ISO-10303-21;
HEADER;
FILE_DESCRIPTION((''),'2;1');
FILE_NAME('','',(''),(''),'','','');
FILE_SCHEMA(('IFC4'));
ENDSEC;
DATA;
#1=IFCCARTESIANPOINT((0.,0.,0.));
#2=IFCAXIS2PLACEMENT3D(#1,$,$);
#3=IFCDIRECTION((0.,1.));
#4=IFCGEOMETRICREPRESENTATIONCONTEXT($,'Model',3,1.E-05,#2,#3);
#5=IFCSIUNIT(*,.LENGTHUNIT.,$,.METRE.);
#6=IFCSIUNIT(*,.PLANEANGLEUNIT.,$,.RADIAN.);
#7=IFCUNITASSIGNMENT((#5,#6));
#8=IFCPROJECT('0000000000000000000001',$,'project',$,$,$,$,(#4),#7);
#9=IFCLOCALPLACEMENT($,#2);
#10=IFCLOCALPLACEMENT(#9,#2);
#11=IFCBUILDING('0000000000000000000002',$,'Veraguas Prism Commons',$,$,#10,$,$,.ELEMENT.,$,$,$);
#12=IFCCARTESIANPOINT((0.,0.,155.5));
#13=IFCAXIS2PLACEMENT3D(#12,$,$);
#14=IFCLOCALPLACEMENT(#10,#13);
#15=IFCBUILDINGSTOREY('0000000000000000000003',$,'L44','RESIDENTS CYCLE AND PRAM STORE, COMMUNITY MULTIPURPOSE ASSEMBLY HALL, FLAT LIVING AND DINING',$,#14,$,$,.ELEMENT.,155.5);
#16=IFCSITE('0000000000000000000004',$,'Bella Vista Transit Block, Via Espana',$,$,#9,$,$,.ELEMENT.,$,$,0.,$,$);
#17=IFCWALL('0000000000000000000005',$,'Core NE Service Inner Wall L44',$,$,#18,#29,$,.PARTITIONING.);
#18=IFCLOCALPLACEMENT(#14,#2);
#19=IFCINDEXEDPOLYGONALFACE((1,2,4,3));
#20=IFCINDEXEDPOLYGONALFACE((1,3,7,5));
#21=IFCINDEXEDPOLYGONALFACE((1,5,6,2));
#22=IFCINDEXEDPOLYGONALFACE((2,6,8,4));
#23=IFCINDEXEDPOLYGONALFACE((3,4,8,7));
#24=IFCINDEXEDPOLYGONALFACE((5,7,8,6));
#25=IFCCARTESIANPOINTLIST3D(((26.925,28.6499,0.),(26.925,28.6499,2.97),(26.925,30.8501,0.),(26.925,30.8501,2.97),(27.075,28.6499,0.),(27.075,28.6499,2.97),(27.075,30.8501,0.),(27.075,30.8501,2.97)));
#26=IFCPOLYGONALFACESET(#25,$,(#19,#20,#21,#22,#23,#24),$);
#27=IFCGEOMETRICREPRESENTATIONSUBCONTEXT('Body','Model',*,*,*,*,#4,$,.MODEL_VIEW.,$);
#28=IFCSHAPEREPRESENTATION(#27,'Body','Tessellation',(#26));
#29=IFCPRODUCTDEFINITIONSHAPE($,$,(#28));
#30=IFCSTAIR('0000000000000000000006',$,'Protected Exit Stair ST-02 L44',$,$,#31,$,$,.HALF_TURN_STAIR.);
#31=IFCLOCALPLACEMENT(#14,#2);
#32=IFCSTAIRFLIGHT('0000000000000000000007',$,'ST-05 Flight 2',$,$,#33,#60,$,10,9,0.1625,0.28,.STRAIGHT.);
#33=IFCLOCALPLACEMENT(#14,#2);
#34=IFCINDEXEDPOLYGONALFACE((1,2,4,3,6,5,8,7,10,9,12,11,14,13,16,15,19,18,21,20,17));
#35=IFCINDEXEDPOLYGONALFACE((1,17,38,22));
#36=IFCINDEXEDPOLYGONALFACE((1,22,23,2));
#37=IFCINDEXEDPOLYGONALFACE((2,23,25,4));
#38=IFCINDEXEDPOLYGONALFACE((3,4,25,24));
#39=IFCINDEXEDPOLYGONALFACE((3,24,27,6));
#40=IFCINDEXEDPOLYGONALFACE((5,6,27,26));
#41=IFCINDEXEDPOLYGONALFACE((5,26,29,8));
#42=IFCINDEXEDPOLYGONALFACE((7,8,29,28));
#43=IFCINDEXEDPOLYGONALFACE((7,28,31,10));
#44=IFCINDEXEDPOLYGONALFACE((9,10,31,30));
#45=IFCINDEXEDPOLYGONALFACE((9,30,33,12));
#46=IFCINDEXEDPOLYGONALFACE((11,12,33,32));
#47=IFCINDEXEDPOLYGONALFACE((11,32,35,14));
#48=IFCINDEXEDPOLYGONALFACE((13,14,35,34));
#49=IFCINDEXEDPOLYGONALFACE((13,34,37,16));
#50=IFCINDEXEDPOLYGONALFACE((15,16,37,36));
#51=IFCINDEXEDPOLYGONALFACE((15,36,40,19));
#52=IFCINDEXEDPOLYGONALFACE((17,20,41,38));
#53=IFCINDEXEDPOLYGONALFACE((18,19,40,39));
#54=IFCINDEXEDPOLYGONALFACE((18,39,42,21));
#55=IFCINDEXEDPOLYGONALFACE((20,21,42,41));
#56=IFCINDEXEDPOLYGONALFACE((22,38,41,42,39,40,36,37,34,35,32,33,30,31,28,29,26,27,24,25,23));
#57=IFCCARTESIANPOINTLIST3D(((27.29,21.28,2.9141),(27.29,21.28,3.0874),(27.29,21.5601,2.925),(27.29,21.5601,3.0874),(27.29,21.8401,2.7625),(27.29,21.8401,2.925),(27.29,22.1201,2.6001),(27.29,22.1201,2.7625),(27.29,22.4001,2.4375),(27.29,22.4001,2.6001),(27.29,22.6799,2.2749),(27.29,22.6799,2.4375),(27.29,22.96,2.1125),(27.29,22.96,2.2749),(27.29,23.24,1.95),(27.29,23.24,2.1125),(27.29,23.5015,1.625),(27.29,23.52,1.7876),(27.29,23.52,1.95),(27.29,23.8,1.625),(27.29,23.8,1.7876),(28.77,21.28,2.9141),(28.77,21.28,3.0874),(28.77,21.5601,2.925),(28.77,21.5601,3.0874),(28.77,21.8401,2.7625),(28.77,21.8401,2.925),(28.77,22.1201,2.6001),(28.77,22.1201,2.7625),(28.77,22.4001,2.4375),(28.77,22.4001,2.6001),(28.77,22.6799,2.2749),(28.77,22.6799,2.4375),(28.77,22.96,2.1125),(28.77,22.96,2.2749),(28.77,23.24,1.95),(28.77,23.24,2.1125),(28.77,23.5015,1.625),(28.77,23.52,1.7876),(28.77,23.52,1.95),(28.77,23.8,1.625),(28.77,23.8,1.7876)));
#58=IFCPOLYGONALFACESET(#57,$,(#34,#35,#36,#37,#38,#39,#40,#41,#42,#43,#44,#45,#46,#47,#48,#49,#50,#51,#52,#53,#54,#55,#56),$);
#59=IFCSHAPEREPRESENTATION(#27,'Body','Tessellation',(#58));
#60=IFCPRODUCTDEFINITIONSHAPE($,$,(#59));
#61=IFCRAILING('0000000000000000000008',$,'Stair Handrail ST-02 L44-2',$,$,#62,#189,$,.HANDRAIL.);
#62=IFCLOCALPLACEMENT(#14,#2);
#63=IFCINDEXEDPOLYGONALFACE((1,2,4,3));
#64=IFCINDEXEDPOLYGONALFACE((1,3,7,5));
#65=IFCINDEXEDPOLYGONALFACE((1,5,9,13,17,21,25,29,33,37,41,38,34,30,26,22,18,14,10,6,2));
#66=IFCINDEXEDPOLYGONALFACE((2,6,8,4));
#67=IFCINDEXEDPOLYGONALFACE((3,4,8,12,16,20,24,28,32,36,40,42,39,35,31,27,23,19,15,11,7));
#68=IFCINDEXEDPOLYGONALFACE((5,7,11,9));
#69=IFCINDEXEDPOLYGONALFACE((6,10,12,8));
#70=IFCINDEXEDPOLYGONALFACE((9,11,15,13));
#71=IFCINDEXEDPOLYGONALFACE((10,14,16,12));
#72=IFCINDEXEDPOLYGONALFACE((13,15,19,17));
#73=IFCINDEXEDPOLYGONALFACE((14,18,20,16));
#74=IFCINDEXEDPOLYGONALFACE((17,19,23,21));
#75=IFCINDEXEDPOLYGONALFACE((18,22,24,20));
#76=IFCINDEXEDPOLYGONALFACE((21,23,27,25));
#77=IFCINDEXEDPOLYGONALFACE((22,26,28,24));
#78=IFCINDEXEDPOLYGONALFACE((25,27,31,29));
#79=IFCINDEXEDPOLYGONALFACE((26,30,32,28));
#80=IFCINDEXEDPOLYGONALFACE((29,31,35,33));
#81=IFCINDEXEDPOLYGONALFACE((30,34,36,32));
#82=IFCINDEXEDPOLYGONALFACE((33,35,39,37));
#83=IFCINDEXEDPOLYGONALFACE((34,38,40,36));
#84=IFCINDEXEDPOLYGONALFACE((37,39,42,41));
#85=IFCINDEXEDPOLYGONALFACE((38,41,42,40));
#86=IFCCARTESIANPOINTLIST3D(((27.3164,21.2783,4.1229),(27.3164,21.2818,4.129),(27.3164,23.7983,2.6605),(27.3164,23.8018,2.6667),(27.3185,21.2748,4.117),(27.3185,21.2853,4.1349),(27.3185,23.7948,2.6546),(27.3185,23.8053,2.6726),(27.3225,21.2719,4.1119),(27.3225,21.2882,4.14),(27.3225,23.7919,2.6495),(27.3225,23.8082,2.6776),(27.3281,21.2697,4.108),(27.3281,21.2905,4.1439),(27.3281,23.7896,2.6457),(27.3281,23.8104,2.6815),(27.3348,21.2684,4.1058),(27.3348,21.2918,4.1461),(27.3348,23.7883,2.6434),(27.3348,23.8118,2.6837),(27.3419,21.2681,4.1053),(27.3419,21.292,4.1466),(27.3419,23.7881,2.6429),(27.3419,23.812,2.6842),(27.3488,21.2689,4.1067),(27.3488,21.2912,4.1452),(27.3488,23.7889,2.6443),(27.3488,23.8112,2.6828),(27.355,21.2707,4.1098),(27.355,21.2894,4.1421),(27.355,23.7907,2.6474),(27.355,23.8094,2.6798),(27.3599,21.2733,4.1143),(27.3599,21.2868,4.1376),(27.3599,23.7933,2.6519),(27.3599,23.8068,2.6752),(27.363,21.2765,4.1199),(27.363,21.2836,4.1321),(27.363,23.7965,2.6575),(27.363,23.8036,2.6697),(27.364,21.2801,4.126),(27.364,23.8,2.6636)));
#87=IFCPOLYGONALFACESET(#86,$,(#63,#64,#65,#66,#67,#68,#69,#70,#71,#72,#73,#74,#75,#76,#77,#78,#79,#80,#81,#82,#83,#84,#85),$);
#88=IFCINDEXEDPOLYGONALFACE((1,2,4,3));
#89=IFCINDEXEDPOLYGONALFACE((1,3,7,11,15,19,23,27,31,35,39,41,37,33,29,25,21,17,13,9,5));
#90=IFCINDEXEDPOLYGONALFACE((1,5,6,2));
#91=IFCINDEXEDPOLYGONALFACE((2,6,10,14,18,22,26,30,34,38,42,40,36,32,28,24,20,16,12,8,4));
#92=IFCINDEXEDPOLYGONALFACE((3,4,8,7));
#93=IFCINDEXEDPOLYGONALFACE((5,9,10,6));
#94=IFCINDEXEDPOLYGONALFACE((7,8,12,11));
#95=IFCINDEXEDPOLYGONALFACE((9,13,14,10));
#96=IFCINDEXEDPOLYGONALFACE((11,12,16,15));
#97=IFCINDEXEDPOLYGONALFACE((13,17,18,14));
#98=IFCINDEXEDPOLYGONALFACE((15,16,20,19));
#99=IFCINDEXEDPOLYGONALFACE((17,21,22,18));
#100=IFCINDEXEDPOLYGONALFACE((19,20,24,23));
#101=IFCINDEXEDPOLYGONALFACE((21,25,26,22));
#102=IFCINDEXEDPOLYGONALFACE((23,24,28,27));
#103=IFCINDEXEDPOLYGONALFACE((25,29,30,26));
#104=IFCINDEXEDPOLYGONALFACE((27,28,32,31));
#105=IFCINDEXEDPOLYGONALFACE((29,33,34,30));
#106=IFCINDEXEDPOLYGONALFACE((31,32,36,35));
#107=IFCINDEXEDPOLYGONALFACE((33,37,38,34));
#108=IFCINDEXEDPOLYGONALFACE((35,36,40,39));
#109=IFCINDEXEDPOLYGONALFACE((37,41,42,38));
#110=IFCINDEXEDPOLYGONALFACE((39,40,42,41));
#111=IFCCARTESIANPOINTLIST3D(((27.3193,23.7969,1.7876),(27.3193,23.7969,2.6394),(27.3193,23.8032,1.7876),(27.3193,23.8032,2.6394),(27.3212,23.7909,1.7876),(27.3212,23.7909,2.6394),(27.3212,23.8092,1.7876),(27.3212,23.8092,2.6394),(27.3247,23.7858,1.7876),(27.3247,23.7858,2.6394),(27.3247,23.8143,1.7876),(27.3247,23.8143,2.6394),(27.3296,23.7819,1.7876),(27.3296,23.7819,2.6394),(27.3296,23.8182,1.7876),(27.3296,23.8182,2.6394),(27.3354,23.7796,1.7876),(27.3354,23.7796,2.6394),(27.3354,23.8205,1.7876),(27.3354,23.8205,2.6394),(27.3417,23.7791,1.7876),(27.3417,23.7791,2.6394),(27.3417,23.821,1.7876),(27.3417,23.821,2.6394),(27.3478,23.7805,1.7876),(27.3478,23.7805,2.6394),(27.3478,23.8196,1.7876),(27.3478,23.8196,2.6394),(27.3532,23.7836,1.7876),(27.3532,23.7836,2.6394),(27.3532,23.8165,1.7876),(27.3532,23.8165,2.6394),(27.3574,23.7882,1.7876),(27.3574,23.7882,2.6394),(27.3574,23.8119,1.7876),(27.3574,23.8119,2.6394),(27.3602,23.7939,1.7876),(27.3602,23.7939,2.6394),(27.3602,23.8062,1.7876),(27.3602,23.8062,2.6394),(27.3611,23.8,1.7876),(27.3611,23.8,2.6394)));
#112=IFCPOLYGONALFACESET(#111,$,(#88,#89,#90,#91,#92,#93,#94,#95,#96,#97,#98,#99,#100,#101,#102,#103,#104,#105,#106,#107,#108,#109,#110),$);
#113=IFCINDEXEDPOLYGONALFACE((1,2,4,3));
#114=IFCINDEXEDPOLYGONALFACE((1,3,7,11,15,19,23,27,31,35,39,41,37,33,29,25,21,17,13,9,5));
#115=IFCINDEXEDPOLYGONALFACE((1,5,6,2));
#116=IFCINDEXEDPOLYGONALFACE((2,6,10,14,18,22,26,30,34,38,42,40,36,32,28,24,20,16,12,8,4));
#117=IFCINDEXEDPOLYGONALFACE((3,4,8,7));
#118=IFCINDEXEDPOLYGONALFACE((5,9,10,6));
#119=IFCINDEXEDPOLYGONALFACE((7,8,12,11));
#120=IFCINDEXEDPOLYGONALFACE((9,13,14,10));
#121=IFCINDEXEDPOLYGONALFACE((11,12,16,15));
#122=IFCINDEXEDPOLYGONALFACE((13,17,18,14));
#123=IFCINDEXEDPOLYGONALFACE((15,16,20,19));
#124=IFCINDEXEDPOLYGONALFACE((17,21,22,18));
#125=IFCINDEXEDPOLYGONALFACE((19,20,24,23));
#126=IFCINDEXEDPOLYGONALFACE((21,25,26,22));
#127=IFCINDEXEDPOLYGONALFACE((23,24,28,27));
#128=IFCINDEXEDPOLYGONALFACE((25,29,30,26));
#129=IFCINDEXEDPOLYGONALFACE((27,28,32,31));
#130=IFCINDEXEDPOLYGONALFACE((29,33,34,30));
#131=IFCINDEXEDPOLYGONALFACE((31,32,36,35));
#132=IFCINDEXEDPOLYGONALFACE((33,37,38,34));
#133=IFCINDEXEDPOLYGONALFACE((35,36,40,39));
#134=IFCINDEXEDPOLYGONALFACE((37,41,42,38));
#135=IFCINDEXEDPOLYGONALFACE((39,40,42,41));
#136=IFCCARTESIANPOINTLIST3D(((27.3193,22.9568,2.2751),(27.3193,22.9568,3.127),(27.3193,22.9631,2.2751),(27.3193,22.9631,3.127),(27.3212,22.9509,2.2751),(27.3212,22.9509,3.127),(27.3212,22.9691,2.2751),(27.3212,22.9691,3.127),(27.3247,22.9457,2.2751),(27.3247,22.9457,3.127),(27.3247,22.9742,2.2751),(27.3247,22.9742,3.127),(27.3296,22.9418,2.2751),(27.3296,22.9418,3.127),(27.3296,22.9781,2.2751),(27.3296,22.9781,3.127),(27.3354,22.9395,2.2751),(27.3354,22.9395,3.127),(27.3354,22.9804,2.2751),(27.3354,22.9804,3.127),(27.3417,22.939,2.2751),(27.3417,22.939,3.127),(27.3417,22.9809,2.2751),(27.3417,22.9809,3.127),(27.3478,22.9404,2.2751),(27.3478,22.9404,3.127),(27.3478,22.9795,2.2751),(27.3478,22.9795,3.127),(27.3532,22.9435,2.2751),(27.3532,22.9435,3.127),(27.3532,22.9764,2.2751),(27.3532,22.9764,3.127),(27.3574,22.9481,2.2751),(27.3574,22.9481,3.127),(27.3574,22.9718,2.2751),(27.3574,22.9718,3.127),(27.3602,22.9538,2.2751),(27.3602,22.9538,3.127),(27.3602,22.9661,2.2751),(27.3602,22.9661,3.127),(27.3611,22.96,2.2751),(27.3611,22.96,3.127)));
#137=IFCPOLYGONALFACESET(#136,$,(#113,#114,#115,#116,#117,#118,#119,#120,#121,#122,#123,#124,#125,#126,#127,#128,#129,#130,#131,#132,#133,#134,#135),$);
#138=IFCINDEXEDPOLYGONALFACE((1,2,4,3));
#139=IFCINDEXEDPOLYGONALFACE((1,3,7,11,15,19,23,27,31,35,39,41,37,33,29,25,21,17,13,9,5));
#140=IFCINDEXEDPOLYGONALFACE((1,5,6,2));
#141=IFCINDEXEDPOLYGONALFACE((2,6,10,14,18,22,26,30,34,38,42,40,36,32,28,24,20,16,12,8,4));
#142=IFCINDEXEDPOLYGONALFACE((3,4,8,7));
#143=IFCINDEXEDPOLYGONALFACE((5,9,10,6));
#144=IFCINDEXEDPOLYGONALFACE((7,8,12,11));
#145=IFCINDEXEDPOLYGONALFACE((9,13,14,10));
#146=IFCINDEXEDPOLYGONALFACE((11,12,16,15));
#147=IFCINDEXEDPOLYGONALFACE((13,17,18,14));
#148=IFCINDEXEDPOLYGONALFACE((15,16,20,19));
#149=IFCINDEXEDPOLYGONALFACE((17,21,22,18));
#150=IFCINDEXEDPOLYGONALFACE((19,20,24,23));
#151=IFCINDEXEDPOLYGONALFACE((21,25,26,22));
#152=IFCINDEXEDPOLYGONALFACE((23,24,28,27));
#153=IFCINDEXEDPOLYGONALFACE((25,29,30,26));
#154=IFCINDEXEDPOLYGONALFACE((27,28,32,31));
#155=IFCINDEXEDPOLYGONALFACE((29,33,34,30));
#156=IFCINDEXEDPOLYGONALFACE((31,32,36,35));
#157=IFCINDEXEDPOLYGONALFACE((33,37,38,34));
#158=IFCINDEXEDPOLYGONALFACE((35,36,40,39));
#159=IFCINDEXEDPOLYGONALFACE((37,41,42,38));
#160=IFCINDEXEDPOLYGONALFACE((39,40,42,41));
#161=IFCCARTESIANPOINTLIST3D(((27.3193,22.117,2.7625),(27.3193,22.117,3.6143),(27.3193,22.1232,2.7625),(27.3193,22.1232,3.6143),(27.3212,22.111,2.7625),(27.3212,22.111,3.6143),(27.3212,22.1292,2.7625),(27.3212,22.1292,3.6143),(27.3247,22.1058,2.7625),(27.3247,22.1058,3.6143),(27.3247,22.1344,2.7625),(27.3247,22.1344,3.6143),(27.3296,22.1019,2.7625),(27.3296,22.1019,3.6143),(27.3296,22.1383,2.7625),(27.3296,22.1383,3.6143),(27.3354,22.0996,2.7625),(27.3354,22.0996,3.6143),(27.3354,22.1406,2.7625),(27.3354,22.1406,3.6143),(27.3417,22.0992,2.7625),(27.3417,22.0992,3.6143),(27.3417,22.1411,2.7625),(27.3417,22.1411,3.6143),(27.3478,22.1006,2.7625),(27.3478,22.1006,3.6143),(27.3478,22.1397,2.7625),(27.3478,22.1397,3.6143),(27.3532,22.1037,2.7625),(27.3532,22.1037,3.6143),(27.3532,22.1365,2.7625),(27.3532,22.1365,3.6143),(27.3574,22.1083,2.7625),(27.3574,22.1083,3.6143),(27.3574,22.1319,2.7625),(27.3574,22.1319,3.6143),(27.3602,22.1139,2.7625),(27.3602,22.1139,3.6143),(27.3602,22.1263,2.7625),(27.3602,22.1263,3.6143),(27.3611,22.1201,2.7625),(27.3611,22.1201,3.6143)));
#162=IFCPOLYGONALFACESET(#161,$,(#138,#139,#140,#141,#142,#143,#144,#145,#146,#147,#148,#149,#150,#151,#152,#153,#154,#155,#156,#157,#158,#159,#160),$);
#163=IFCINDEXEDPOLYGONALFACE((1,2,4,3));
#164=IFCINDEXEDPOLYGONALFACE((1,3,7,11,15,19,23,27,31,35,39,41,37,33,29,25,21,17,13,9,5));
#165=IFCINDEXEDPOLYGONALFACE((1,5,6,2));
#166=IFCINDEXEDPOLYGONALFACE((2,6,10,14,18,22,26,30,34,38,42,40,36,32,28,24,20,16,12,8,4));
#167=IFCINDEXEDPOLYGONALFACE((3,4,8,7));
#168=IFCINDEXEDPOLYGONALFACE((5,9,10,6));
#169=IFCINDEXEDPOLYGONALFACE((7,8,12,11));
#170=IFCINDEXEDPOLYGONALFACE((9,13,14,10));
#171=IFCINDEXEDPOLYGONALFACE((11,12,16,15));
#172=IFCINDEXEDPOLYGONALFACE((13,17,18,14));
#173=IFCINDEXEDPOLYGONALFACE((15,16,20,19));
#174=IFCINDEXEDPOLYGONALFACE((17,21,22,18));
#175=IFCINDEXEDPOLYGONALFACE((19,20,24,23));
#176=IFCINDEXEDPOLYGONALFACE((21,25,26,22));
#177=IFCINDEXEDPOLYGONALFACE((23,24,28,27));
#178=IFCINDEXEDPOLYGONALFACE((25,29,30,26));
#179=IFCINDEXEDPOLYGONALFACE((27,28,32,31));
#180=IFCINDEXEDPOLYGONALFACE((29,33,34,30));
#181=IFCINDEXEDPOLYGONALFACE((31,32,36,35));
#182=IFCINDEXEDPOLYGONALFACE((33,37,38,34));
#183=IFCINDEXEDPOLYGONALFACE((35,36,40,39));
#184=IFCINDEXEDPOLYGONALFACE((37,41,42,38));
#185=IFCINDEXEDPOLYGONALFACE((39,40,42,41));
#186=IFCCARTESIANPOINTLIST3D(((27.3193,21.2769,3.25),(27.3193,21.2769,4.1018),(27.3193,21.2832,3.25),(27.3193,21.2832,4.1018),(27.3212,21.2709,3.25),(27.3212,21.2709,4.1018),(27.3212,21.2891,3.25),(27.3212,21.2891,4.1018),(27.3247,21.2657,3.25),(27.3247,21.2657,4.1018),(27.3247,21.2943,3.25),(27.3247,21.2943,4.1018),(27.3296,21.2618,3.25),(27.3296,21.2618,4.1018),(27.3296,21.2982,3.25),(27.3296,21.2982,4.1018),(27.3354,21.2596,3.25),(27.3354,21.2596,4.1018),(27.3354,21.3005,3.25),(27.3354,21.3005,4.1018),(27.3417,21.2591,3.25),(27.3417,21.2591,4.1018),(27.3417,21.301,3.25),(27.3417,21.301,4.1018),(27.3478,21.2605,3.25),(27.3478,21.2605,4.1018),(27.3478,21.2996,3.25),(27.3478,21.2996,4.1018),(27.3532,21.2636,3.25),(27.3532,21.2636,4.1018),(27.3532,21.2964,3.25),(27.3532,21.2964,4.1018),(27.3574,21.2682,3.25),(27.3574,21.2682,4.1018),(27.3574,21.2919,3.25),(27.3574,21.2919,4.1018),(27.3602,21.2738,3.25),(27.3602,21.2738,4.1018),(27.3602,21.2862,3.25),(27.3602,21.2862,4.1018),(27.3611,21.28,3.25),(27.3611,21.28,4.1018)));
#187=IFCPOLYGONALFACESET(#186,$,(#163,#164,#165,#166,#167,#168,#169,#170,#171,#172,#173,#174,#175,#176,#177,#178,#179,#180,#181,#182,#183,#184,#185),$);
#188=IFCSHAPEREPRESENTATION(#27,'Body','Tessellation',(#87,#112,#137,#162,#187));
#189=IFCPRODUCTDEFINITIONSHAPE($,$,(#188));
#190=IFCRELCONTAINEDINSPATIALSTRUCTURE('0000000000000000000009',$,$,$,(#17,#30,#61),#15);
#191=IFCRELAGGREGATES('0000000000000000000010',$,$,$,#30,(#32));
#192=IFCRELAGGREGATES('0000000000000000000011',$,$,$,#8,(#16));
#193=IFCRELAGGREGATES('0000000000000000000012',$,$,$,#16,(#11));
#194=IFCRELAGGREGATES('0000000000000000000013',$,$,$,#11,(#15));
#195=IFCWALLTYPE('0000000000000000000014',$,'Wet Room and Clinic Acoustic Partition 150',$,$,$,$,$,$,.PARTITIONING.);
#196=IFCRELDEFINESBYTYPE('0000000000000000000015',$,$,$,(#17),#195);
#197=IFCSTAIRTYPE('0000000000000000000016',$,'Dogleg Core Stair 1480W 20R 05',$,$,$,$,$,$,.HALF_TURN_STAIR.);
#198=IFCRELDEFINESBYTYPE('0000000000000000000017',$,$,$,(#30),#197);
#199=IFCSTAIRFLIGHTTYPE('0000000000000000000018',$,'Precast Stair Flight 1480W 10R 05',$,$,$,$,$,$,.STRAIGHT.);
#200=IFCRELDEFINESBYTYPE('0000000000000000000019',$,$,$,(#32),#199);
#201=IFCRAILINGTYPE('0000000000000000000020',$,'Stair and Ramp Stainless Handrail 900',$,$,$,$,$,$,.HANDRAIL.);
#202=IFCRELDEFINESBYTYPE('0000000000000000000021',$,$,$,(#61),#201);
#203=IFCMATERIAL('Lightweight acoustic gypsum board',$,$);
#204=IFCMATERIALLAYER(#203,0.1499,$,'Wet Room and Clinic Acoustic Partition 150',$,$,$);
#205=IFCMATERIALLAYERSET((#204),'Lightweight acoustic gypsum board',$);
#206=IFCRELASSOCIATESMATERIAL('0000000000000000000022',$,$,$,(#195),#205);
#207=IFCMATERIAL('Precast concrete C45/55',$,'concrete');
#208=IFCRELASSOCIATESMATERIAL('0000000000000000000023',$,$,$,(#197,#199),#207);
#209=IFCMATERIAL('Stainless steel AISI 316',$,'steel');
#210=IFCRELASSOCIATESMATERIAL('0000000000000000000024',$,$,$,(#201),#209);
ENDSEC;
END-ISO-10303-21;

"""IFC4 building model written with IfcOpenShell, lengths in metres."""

from ifc_helpers import new_model, si_unit, direction, frame, frame_2d, origin, origin_2d, place, context, subcontext, project, spatial, polyline, rectangle, circle, outline, extrude, material, layer, layer_set, type_object, element, aggregate, save


model = new_model("IFC4")

# Units and contexts
model_context = context("Model", 3, precision=1e-05, world=origin(), true_north=direction((0.0, 1.0)))
body_context = subcontext(model_context, "Body", "Model", "MODEL_VIEW")
ifc_project = project(units=[si_unit("LENGTHUNIT", "METRE"), si_unit("PLANEANGLEUNIT", "RADIAN")], contexts=[model_context])

# Site, building, storey
site_placement = place(None, origin())
site = spatial("IfcSite", under=ifc_project, at=site_placement, Name="Bella Vista Transit Block, Via Espana", CompositionType="ELEMENT", RefElevation=0.0)
building_placement = place(site_placement, origin())
building = spatial("IfcBuilding", under=site, at=building_placement, Name="Veraguas Prism Commons", CompositionType="ELEMENT")
storey_placement = place(building_placement, frame((0.0, 0.0, 155.5)))
storey = spatial("IfcBuildingStorey", under=building, at=storey_placement, Name="L44", Description="RESIDENTS CYCLE AND PRAM STORE, COMMUNITY MULTIPURPOSE ASSEMBLY HALL, FLAT LIVING AND DINING", CompositionType="ELEMENT", Elevation=155.5)

# Shared definitions
ifc_material_1 = material(Name="Lightweight acoustic gypsum board")

# Shared definitions
ifc_material_2 = material(Name="Stainless steel AISI 316", Category="steel")

# Wall
ifc_layer_1 = layer(ifc_material_1, 0.1499, Name="Wet Room and Clinic Acoustic Partition 150")
ifc_layer_set_1 = layer_set([ifc_layer_1], Name="Lightweight acoustic gypsum board")
wall_type_1 = type_object("IfcWallType", Name="Wet Room and Clinic Acoustic Partition 150", PredefinedType="PARTITIONING", material=ifc_layer_set_1)
wall_1_placement = place(storey_placement, frame((27.0, 28.6499, 0.0), z_axis=(0.0, 0.0, 1.0), x_axis=(0.0, 1.0, 0.0)))
element("IfcWall", 1, at=wall_1_placement, inside=storey, type_object=wall_type_1, Name="Core NE Service Inner Wall L44", PredefinedType="PARTITIONING", context=body_context, shape_type="SweptSolid", body=[
    extrude(rectangle(XDim=2.2002, YDim=0.1499, at=frame_2d((1.1001, 0.0))), origin(), (0.0, 0.0, 1.0), 2.97),
])

# Stair, stair flight
ifc_material_3 = material(Name="Precast concrete C45/55", Category="concrete")
stair_type = type_object("IfcStairType", Name="Dogleg Core Stair 1480W 20R 05", PredefinedType="HALF_TURN_STAIR", material=ifc_material_3)
stair_placement = place(storey_placement, origin())
stair = element("IfcStair", 2, at=stair_placement, inside=storey, type_object=stair_type, Name="Protected Exit Stair ST-02 L44", PredefinedType="HALF_TURN_STAIR")
stair_flight_type = type_object("IfcStairFlightType", Name="Precast Stair Flight 1480W 10R 05", PredefinedType="STRAIGHT", material=ifc_material_3)
stair_flight_placement = place(storey_placement, frame((28.03, 23.8, 1.625), z_axis=(0.0, 0.0, 1.0), x_axis=(0.0, -1.0, 0.0)))
stair_flight = element("IfcStairFlight", 3, at=stair_flight_placement, type_object=stair_flight_type, Name="ST-05 Flight 2", NumberOfRisers=10, NumberOfTreads=9, PredefinedType="STRAIGHT", RiserHeight=0.1625, TreadLength=0.28, context=body_context, shape_type="SweptSolid", body=[
    extrude(outline(polyline([(0.0, 0.0), (0.0, 0.1626), (0.28, 0.1626), (0.28, 0.325), (0.5601, 0.325), (0.5601, 0.4875), (0.8401, 0.4875), (0.8401, 0.6499), (1.1201, 0.6499), (1.1201, 0.8125), (1.3999, 0.8125), (1.3999, 0.9751), (1.6799, 0.9751), (1.6799, 1.1375), (1.96, 1.1375), (1.96, 1.3), (2.24, 1.3), (2.24, 1.4624), (2.52, 1.4624), (2.52, 1.625), (2.52, 1.2891), (0.2986, 0.0), (0.0, 0.0)])), frame((0.0, 0.74, 0.0), z_axis=(0.0, -1.0, 0.0), x_axis=(1.0, 0.0, 0.0)), (0.0, 0.0, 1.0), 1.48),
])
aggregate(stair, [stair_flight])

# Railing
railing_type_1 = type_object("IfcRailingType", Name="Stair and Ramp Stainless Handrail 900", PredefinedType="HANDRAIL", material=ifc_material_2)
railing_1_placement = place(storey_placement, frame((27.3401, 23.8, 1.7876)))
element("IfcRailing", 4, at=railing_1_placement, inside=storey, type_object=railing_type_1, Name="Stair Handrail ST-02 L44-2", PredefinedType="HANDRAIL", context=body_context, shape_type="SweptSolid", body=[
    extrude(circle(Radius=0.0239, at=origin_2d()), frame((0.0, 0.0, 0.876), z_axis=(0.0, -0.864913, 0.501921), x_axis=(1.0, 0.0, 0.0)), (0.0, 0.0, 1.0), 2.9136),
    extrude(circle(Radius=0.021, at=origin_2d()), origin(), (0.0, 0.0, 1.0), 0.8518),
    extrude(circle(Radius=0.021, at=origin_2d()), frame((0.0, -0.8401, 0.4875)), (0.0, 0.0, 1.0), 0.8518),
    extrude(circle(Radius=0.021, at=origin_2d()), frame((0.0, -1.6799, 0.9749)), (0.0, 0.0, 1.0), 0.8518),
    extrude(circle(Radius=0.021, at=origin_2d()), frame((0.0, -2.52, 1.4624)), (0.0, 0.0, 1.0), 0.8518),
])

save(model, "model.ifc")
